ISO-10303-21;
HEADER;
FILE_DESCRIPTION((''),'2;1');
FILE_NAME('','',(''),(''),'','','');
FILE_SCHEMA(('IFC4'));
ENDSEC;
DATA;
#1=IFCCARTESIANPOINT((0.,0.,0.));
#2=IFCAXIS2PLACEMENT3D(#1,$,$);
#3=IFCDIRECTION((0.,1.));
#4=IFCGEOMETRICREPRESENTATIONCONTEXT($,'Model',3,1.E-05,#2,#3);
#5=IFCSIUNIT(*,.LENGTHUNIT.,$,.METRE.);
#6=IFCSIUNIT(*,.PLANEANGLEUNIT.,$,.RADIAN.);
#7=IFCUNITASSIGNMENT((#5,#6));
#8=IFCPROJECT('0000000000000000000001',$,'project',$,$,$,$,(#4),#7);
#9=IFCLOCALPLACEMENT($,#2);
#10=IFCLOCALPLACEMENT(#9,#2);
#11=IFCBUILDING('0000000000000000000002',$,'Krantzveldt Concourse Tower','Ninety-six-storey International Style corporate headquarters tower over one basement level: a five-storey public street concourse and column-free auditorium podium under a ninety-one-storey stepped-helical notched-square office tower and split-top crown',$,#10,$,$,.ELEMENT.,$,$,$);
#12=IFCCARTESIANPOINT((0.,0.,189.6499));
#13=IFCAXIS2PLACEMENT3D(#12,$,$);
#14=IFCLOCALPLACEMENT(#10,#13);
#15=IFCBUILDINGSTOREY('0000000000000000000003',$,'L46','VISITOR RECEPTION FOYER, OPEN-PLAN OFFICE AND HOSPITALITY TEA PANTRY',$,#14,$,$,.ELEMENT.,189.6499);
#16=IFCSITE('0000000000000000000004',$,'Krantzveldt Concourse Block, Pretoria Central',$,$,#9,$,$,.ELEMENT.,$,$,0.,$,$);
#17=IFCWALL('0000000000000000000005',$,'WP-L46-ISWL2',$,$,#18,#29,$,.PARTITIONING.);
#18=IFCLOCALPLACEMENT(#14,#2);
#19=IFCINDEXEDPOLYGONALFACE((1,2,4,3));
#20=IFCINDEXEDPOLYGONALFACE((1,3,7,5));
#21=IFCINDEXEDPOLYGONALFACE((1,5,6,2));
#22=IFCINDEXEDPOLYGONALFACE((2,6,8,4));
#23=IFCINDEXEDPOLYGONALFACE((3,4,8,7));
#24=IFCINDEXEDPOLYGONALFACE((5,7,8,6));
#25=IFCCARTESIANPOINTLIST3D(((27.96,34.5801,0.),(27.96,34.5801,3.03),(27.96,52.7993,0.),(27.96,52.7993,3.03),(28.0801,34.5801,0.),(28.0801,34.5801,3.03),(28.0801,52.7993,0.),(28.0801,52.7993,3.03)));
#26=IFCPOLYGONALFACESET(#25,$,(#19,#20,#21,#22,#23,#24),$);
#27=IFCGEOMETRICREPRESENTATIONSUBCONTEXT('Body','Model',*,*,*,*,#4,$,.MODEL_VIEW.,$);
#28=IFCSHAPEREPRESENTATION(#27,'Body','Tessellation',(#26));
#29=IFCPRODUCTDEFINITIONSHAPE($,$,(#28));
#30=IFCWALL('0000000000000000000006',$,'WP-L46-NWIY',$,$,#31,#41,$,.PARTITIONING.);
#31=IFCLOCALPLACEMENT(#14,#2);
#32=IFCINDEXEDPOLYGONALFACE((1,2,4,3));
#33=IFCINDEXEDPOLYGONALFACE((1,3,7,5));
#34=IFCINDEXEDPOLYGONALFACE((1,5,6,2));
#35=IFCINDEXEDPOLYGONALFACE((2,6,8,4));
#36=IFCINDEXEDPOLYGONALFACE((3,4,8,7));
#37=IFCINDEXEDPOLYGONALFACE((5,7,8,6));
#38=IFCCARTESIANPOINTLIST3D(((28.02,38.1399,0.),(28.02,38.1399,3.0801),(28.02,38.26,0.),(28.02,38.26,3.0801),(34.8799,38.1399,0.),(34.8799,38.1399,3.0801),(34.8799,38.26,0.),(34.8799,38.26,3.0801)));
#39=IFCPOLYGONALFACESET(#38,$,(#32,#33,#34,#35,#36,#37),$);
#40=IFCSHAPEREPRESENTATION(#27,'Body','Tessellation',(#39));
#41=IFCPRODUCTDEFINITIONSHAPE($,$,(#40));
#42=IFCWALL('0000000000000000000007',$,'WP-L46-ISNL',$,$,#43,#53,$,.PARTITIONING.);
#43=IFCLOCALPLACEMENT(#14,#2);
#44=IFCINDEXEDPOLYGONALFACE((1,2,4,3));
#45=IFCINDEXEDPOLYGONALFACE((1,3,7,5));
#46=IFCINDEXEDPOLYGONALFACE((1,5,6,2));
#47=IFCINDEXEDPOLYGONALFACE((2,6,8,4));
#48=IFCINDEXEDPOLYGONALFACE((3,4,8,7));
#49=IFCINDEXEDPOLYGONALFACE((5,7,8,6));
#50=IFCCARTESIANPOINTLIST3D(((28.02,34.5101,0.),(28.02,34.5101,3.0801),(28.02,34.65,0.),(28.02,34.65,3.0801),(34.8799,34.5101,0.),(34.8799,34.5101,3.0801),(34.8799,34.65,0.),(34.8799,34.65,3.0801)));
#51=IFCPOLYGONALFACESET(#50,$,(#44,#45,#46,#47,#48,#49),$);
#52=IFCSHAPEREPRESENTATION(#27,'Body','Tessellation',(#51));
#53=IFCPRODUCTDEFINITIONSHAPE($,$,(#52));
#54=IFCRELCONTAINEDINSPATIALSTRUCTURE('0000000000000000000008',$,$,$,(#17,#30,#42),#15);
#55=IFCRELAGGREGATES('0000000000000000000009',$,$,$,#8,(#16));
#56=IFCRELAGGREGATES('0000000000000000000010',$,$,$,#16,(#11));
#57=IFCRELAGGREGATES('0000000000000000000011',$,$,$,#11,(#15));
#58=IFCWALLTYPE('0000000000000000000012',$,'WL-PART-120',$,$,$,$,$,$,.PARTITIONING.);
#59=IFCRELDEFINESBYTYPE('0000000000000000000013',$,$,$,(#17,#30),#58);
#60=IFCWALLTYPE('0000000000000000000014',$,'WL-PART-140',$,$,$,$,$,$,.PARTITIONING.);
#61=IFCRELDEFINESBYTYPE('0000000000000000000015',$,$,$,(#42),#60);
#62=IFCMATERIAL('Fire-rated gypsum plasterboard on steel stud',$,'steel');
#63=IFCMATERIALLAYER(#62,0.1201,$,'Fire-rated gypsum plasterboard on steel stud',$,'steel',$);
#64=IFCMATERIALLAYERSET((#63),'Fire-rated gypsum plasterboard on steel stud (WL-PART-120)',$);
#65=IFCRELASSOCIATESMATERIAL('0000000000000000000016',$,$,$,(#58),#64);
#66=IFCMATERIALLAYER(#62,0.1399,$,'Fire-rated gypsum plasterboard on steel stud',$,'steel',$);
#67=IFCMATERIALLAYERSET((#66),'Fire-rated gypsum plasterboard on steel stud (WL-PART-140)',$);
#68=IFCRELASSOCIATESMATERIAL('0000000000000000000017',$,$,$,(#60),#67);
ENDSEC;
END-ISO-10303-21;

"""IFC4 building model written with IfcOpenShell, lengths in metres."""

from ifc_helpers import new_model, si_unit, direction, frame, frame_2d, origin, place, context, subcontext, project, spatial, rectangle, extrude, material, layer, layer_set, type_object, element, save


model = new_model("IFC4")

# Units and contexts
model_context = context("Model", 3, precision=1e-05, world=origin(), true_north=direction((0.0, 1.0)))
body_context = subcontext(model_context, "Body", "Model", "MODEL_VIEW")
ifc_project = project(units=[si_unit("LENGTHUNIT", "METRE"), si_unit("PLANEANGLEUNIT", "RADIAN")], contexts=[model_context])

# Site, building, storey
site_placement = place(None, origin())
site = spatial("IfcSite", under=ifc_project, at=site_placement, Name="Krantzveldt Concourse Block, Pretoria Central", CompositionType="ELEMENT", RefElevation=0.0)
building_placement = place(site_placement, origin())
building = spatial("IfcBuilding", under=site, at=building_placement, Name="Krantzveldt Concourse Tower", Description="Ninety-six-storey International Style corporate headquarters tower over one basement level: a five-storey public street concourse and column-free auditorium podium under a ninety-one-storey stepped-helical notched-square office tower and split-top crown", CompositionType="ELEMENT")
storey_placement = place(building_placement, frame((0.0, 0.0, 189.6499)))
storey = spatial("IfcBuildingStorey", under=building, at=storey_placement, Name="L46", Description="VISITOR RECEPTION FOYER, OPEN-PLAN OFFICE AND HOSPITALITY TEA PANTRY", CompositionType="ELEMENT", Elevation=189.6499)

# Walls
ifc_material_1 = material(Name="Fire-rated gypsum plasterboard on steel stud", Category="steel")
ifc_layer_1 = layer(ifc_material_1, 0.1201, Name="Fire-rated gypsum plasterboard on steel stud", Category="steel")
ifc_layer_set_1 = layer_set([ifc_layer_1], Name="Fire-rated gypsum plasterboard on steel stud (WL-PART-120)")
wall_type_1 = type_object("IfcWallType", Name="WL-PART-120", PredefinedType="PARTITIONING", material=ifc_layer_set_1)
wall_1_placement = place(storey_placement, frame((28.02, 34.5801, 0.0), z_axis=(0.0, 0.0, 1.0), x_axis=(0.0, 1.0, 0.0)))
element("IfcWall", 1, at=wall_1_placement, inside=storey, type_object=wall_type_1, Name="WP-L46-ISWL2", PredefinedType="PARTITIONING", context=body_context, shape_type="SweptSolid", body=[
    extrude(rectangle(XDim=18.2192, YDim=0.1201, at=frame_2d((9.1096, 0.0))), origin(), (0.0, 0.0, 1.0), 3.03),
])
wall_2_placement = place(storey_placement, frame((28.02, 38.2, 0.0), z_axis=(0.0, 0.0, 1.0), x_axis=(1.0, 0.0, 0.0)))
element("IfcWall", 2, at=wall_2_placement, inside=storey, type_object=wall_type_1, Name="WP-L46-NWIY", PredefinedType="PARTITIONING", context=body_context, shape_type="SweptSolid", body=[
    extrude(rectangle(XDim=6.8599, YDim=0.1201, at=frame_2d((3.4299, 0.0))), origin(), (0.0, 0.0, 1.0), 3.0801),
])
ifc_layer_2 = layer(ifc_material_1, 0.1399, Name="Fire-rated gypsum plasterboard on steel stud", Category="steel")
ifc_layer_set_2 = layer_set([ifc_layer_2], Name="Fire-rated gypsum plasterboard on steel stud (WL-PART-140)")
wall_type_2 = type_object("IfcWallType", Name="WL-PART-140", PredefinedType="PARTITIONING", material=ifc_layer_set_2)
wall_3_placement = place(storey_placement, frame((28.02, 34.5801, 0.0), z_axis=(0.0, 0.0, 1.0), x_axis=(1.0, 0.0, 0.0)))
element("IfcWall", 3, at=wall_3_placement, inside=storey, type_object=wall_type_2, Name="WP-L46-ISNL", PredefinedType="PARTITIONING", context=body_context, shape_type="SweptSolid", body=[
    extrude(rectangle(XDim=6.8599, YDim=0.1399, at=frame_2d((3.4299, 0.0))), origin(), (0.0, 0.0, 1.0), 3.0801),
])

save(model, "model.ifc")
